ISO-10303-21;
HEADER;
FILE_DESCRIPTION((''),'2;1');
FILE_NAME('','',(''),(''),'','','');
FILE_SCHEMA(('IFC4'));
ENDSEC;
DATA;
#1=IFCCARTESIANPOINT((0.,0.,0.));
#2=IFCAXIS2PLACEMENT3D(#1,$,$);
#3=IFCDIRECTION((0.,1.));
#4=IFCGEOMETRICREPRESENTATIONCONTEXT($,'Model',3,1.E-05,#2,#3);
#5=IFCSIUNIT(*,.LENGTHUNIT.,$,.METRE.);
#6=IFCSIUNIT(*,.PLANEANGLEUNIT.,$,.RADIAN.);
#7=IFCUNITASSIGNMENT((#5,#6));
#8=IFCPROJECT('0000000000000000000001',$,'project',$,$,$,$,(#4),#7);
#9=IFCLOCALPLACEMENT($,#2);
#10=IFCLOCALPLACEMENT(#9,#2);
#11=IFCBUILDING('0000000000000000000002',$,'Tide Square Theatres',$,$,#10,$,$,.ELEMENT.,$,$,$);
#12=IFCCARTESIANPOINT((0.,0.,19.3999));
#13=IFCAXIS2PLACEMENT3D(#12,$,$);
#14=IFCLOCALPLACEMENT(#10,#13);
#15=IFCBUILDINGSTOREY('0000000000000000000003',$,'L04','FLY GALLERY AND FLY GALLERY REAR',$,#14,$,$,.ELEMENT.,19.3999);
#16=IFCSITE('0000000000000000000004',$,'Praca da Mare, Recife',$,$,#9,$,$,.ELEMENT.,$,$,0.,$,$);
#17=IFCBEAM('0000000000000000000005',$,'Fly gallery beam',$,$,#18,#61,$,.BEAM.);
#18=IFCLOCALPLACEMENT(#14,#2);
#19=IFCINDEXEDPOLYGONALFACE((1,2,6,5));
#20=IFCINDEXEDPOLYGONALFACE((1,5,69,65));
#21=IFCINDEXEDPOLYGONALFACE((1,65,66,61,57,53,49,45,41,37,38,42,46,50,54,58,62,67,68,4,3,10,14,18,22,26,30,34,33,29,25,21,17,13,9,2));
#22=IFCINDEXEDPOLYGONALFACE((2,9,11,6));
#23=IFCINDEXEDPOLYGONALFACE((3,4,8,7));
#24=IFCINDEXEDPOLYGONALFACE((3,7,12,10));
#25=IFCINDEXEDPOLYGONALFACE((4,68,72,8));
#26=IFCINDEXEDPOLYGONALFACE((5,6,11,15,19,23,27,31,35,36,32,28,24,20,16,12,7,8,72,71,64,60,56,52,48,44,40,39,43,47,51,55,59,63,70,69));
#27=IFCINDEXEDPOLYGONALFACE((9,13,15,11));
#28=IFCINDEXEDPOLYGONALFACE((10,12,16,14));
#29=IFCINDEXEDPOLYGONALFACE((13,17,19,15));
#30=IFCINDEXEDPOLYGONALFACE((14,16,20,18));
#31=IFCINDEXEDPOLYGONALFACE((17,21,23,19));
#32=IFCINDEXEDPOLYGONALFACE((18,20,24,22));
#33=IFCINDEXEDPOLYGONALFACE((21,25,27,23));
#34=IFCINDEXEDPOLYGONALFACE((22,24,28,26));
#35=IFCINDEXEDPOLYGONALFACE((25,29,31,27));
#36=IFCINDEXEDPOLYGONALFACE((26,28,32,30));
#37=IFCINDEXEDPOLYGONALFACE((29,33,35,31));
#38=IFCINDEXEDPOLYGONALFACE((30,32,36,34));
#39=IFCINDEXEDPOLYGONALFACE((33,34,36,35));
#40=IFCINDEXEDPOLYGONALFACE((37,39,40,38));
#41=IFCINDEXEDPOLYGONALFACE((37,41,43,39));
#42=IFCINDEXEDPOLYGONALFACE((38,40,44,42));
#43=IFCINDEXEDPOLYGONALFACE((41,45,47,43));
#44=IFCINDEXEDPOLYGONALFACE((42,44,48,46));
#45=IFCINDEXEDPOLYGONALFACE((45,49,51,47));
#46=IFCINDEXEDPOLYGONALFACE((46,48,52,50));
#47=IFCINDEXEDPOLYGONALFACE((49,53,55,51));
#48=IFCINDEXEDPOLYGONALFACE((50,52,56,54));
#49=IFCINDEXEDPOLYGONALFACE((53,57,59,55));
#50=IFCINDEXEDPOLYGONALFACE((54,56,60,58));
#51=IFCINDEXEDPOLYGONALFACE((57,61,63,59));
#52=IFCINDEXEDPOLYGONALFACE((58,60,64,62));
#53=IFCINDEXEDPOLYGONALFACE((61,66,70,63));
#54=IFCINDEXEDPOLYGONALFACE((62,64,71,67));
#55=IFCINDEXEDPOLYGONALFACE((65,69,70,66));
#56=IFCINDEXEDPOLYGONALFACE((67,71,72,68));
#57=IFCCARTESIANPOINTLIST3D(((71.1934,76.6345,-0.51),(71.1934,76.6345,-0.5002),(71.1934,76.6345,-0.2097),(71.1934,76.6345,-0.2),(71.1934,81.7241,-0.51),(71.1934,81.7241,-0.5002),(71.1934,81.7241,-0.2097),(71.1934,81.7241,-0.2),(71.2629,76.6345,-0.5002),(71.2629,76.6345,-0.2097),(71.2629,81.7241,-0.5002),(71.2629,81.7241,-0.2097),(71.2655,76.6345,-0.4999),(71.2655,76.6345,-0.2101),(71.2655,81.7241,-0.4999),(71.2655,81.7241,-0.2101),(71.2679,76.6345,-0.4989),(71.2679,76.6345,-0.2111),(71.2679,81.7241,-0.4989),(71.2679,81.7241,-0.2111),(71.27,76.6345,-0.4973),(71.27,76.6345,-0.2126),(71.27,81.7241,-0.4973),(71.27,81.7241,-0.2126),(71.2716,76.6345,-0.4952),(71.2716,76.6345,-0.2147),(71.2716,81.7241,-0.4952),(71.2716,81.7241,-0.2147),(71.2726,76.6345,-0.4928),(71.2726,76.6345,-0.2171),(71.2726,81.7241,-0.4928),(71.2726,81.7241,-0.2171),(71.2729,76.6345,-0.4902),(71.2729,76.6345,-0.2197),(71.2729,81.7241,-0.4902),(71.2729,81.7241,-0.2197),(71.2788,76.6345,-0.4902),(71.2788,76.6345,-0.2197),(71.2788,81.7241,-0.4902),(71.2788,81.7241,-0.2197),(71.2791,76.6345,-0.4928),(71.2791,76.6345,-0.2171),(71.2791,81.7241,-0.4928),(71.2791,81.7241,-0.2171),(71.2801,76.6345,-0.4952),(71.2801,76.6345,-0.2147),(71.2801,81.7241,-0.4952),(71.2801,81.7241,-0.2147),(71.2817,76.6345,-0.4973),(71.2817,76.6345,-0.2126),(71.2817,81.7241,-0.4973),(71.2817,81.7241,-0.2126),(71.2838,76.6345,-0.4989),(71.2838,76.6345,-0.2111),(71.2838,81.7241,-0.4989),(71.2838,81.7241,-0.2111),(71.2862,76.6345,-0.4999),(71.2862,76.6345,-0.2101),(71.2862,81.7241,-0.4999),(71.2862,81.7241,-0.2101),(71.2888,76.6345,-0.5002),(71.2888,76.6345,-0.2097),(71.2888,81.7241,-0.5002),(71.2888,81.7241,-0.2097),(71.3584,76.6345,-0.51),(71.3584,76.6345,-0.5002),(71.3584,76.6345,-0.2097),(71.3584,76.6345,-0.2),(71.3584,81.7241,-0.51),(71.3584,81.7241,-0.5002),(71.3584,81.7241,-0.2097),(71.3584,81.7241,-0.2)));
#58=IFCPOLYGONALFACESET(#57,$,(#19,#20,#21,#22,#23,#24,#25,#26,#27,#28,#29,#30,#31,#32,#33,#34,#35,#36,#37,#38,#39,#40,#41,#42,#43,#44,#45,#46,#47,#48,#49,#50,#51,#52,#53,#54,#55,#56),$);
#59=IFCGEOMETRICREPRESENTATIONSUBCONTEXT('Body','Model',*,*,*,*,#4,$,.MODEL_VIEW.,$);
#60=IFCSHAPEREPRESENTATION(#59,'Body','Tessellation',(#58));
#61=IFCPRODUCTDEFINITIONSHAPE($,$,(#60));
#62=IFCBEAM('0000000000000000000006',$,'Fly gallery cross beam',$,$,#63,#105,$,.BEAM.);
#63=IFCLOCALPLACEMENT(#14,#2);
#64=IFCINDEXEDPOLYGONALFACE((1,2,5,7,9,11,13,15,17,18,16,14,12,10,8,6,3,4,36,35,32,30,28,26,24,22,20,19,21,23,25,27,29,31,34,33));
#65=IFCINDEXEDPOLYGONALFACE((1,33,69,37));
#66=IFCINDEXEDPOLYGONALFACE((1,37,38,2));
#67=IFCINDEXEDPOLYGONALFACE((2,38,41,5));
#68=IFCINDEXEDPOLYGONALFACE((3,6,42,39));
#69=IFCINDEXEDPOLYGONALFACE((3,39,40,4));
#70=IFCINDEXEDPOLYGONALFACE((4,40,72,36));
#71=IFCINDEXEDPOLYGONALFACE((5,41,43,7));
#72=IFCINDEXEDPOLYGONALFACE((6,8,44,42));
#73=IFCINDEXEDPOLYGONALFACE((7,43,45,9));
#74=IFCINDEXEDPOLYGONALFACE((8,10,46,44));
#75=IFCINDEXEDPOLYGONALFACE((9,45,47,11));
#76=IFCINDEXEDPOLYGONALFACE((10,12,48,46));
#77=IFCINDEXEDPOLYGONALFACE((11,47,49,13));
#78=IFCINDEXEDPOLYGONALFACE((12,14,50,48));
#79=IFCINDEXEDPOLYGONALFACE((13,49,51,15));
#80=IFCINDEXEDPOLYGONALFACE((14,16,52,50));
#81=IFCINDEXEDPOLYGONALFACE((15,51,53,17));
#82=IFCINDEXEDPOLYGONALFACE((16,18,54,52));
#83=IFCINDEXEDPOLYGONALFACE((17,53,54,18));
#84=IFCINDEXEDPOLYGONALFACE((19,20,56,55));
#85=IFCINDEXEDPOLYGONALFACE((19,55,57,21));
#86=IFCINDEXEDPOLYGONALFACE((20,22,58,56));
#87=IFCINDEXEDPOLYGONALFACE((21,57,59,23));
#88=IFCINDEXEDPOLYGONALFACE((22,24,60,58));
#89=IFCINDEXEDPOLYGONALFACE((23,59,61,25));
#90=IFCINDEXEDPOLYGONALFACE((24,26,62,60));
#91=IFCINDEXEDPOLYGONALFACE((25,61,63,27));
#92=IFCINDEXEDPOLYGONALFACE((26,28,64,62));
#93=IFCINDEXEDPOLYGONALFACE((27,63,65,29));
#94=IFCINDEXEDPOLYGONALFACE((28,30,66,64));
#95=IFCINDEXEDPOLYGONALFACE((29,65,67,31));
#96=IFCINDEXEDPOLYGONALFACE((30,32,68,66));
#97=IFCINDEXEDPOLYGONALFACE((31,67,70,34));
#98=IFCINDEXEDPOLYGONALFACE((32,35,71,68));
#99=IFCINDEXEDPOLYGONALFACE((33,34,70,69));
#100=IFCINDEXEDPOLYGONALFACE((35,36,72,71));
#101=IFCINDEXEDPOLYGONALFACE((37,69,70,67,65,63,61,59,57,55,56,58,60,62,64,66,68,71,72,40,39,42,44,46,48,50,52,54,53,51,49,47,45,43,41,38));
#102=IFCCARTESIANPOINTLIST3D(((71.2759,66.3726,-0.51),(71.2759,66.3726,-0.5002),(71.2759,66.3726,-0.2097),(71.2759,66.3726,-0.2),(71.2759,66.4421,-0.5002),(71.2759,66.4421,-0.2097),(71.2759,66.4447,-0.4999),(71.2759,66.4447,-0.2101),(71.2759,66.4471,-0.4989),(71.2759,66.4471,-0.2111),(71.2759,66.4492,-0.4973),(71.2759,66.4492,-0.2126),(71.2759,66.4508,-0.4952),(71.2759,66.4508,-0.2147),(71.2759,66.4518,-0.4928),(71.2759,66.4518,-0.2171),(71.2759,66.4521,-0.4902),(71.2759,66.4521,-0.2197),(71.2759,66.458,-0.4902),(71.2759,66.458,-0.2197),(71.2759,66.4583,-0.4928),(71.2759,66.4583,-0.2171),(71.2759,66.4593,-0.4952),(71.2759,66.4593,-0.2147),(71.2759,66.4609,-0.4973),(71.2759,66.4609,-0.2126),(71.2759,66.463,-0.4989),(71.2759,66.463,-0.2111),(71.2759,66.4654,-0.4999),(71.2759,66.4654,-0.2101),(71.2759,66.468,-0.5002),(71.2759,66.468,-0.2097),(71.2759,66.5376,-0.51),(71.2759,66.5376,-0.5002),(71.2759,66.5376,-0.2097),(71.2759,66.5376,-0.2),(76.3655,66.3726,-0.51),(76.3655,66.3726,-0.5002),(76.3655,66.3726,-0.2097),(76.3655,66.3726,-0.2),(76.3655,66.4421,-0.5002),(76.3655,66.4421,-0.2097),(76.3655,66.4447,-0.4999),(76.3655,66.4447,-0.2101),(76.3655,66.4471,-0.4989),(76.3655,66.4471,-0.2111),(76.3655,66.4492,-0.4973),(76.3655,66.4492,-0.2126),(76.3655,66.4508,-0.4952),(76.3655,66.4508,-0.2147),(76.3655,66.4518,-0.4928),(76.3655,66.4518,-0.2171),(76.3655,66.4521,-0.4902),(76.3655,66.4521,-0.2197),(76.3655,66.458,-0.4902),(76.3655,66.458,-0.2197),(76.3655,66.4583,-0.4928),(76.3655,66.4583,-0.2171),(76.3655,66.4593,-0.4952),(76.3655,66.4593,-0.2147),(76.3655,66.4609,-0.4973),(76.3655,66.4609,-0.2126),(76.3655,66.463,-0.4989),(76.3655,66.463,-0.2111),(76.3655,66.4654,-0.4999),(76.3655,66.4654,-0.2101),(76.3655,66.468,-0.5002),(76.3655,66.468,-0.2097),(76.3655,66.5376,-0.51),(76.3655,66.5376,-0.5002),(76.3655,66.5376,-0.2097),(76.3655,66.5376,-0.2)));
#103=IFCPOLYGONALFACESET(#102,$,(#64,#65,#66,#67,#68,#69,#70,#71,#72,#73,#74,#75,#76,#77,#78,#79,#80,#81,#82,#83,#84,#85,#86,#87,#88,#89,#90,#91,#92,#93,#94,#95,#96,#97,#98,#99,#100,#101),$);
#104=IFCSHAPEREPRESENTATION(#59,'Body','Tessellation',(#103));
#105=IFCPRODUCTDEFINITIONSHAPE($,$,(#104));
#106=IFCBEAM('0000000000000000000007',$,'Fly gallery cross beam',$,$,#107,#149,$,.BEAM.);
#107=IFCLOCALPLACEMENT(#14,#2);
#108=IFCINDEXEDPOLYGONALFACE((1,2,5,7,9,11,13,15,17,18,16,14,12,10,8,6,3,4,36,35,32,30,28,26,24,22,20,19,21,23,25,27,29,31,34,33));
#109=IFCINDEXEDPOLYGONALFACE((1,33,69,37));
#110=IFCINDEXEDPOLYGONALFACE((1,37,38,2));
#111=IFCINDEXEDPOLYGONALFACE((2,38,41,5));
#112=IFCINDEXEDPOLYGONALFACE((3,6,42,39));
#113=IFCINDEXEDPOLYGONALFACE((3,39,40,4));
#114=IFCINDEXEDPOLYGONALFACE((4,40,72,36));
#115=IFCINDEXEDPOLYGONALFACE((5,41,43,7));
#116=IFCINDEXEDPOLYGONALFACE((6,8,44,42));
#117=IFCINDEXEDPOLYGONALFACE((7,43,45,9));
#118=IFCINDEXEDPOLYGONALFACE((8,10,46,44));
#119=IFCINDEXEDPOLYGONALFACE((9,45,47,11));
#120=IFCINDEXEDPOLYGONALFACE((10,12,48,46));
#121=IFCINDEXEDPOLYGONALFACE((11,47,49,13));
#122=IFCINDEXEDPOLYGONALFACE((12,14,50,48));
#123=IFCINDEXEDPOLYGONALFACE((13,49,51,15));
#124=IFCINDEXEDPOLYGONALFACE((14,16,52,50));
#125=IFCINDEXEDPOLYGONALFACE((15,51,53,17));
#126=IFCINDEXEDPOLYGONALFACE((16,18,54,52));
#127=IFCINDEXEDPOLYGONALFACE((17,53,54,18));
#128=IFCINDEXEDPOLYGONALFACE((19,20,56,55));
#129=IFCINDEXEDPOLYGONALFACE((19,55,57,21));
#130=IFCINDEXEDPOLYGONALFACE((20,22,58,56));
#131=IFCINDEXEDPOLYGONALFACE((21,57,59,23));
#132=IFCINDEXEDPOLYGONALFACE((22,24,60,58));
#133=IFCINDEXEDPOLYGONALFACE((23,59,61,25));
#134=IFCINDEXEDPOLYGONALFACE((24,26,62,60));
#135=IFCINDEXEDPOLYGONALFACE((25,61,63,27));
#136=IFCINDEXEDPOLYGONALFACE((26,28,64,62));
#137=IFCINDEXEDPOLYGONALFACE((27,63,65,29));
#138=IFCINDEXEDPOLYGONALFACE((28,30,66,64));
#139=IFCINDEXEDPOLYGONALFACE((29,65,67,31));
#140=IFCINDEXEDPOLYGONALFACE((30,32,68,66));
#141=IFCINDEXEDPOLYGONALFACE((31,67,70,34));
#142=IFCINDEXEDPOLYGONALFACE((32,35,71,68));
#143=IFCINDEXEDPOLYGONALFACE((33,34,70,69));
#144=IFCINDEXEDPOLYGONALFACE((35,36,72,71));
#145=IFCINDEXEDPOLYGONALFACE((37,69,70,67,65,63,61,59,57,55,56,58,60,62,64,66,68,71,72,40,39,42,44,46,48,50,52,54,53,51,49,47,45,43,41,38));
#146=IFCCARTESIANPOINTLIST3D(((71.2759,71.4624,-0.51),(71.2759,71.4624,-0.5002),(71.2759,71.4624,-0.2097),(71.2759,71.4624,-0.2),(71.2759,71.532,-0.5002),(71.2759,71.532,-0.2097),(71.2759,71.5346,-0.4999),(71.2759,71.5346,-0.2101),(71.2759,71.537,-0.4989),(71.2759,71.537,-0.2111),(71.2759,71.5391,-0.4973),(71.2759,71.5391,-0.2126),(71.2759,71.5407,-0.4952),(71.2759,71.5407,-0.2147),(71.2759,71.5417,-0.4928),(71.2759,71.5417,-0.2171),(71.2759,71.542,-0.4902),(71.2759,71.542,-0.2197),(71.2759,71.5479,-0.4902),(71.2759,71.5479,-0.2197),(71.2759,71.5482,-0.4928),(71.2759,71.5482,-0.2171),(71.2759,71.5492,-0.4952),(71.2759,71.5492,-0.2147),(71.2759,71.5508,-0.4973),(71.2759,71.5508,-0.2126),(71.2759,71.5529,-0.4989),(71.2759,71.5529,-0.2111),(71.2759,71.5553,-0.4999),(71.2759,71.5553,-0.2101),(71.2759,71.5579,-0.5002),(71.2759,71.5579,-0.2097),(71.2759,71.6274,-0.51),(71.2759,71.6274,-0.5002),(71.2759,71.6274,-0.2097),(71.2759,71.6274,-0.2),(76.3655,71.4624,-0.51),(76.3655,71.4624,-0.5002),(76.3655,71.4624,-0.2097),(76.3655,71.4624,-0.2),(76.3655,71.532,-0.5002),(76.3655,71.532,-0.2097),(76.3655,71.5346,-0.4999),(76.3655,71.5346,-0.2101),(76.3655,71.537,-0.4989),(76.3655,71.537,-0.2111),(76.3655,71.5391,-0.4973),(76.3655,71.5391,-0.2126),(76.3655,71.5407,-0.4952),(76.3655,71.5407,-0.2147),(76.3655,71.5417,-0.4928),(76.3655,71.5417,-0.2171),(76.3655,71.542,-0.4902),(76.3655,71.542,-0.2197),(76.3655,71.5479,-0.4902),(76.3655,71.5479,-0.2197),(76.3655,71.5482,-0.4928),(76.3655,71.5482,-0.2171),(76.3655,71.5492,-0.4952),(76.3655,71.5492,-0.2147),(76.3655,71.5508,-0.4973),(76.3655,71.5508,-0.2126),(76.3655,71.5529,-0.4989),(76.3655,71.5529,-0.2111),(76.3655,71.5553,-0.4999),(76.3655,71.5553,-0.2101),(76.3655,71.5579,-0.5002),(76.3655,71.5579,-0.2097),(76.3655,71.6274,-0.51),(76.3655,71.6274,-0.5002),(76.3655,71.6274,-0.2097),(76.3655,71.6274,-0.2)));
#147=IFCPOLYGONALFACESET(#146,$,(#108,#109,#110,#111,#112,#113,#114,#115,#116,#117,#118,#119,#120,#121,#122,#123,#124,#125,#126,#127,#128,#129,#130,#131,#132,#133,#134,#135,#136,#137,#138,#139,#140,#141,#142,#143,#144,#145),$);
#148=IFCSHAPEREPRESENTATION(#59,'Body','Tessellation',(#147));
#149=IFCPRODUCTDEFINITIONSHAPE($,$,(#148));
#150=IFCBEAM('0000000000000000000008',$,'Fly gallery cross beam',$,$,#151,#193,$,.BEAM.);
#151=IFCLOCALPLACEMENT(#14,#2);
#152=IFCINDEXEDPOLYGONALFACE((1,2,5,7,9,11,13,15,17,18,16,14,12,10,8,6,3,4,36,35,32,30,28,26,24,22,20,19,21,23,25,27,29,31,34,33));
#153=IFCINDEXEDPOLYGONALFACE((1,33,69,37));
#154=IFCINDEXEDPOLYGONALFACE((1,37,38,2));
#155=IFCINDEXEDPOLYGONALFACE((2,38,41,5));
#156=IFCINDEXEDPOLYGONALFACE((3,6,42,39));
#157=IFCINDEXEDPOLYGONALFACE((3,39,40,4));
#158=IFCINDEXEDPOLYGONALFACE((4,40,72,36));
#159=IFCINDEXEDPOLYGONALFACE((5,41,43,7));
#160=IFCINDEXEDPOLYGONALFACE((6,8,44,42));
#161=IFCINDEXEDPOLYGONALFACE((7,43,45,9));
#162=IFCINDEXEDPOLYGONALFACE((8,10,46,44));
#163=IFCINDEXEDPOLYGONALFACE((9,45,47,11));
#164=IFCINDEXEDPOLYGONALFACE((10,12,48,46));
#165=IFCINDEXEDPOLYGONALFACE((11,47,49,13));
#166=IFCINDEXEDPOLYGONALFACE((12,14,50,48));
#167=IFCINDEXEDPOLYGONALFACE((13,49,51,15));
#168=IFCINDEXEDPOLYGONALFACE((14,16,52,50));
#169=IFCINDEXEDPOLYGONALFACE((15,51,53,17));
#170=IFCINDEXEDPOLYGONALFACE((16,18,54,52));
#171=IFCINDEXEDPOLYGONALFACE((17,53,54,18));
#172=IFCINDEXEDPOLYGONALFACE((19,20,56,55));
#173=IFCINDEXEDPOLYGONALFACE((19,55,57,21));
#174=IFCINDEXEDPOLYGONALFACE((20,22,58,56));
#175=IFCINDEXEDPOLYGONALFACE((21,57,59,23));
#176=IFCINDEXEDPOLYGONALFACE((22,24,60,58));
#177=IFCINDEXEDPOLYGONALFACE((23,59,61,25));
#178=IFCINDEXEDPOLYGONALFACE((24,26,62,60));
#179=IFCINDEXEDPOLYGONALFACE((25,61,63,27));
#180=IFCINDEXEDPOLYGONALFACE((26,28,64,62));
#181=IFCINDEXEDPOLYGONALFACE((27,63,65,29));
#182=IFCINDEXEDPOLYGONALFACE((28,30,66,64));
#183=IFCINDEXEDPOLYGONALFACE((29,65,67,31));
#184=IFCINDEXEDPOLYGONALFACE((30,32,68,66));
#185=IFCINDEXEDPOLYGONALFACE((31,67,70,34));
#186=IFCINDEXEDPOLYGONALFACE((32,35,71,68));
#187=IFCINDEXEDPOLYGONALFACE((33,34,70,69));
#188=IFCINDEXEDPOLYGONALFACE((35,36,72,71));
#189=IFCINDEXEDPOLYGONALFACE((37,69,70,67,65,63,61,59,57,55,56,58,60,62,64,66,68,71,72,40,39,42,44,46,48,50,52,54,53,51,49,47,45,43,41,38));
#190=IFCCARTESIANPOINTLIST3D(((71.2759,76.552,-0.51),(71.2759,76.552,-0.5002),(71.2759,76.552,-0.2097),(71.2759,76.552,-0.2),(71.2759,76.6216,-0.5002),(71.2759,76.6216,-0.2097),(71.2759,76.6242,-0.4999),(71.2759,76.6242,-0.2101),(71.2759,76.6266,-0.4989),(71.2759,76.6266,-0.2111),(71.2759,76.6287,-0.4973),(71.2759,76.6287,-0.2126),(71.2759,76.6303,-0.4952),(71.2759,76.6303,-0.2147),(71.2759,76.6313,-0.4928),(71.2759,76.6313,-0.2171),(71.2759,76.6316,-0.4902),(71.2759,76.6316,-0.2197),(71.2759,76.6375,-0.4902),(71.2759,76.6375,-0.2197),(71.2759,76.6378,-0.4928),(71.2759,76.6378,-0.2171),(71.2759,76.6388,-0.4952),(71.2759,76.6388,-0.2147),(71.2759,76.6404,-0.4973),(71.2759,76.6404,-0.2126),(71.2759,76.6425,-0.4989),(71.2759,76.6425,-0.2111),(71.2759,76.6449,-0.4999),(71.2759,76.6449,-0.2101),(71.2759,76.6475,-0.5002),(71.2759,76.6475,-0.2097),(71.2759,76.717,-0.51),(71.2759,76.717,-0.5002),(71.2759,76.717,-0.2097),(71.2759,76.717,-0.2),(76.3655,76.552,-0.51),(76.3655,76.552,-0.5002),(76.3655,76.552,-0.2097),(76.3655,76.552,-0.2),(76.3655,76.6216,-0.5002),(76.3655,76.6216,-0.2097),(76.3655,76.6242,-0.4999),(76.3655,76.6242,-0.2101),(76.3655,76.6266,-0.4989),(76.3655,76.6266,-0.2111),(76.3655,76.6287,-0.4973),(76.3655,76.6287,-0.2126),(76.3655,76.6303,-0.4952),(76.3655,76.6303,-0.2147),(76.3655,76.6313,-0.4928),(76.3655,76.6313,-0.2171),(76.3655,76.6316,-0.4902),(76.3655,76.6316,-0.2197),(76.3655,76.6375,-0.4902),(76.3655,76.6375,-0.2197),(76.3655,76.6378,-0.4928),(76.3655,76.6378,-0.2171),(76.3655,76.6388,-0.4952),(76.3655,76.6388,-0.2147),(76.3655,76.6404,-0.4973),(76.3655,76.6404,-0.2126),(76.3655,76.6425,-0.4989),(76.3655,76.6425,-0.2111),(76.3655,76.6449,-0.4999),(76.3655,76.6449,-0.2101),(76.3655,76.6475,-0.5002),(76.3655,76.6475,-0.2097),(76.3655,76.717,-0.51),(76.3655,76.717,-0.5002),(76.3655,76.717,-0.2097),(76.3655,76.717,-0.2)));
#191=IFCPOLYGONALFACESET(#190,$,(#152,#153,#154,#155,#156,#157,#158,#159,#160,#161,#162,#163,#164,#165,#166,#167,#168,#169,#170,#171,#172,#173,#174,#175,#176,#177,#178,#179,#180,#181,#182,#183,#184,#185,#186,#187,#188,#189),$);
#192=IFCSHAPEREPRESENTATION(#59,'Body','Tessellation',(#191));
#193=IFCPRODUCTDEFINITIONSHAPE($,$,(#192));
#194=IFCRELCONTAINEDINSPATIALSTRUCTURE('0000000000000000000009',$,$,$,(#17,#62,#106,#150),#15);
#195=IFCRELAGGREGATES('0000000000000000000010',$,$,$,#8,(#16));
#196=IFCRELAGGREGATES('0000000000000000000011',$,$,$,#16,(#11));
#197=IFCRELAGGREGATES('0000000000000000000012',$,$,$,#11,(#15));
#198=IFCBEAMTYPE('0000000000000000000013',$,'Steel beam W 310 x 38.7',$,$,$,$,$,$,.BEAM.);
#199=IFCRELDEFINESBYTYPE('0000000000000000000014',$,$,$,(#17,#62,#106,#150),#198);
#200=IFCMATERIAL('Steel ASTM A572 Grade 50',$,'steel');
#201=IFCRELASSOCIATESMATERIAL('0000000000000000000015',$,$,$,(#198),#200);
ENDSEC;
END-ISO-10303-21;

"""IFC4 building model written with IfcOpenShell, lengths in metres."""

from ifc_helpers import new_model, si_unit, direction, frame, origin, origin_2d, place, context, subcontext, project, spatial, i_section, extrude, material, material_profile, profile_set, type_object, element, save


model = new_model("IFC4")

# Units and contexts
model_context = context("Model", 3, precision=1e-05, world=origin(), true_north=direction((0.0, 1.0)))
body_context = subcontext(model_context, "Body", "Model", "MODEL_VIEW")
ifc_project = project(units=[si_unit("LENGTHUNIT", "METRE"), si_unit("PLANEANGLEUNIT", "RADIAN")], contexts=[model_context])

# Site, building, storey
site_placement = place(None, origin())
site = spatial("IfcSite", under=ifc_project, at=site_placement, Name="Praca da Mare, Recife", CompositionType="ELEMENT", RefElevation=0.0)
building_placement = place(site_placement, origin())
building = spatial("IfcBuilding", under=site, at=building_placement, Name="Tide Square Theatres", CompositionType="ELEMENT")
storey_placement = place(building_placement, frame((0.0, 0.0, 19.3999)))
storey = spatial("IfcBuildingStorey", under=building, at=storey_placement, Name="L04", Description="FLY GALLERY AND FLY GALLERY REAR", CompositionType="ELEMENT", Elevation=19.3999)

# Beams
ifc_material_1 = material(Name="Steel ASTM A572 Grade 50", Category="steel")
ifc_material_profile_1 = material_profile(ifc_material_1, i_section(OverallWidth=0.165, OverallDepth=0.3101, WebThickness=0.0059, FlangeThickness=0.0098, FilletRadius=0.01, at=origin_2d()))
ifc_profile_set_1 = profile_set([ifc_material_profile_1], Name="Steel ASTM A572 Grade 50")
beam_type_1 = type_object("IfcBeamType", Name="Steel beam W 310 x 38.7", PredefinedType="BEAM", material=ifc_profile_set_1)
for number, where, z_axis, x_axis, name in (
    (1, (71.2759, 76.6345, -0.355), (0.0, 1.0, 0.0), (-1.0, 0.0, 0.0), "Fly gallery beam"),
    (2, (71.2759, 66.4551, -0.355), (1.0, 0.0, 0.0), (0.0, 1.0, 0.0), "Fly gallery cross beam"),
    (3, (71.2759, 71.5449, -0.355), (1.0, 0.0, 0.0), (0.0, 1.0, 0.0), "Fly gallery cross beam"),
    (4, (71.2759, 76.6345, -0.355), (1.0, 0.0, 0.0), (0.0, 1.0, 0.0), "Fly gallery cross beam"),
):
    element("IfcBeam", number, at=place(storey_placement, frame(where, z_axis=z_axis, x_axis=x_axis)), inside=storey, type_object=beam_type_1, Name=name, PredefinedType="BEAM", context=body_context, shape_type="SweptSolid", body=[
        extrude(i_section(OverallWidth=0.165, OverallDepth=0.3101, WebThickness=0.0059, FlangeThickness=0.0098, FilletRadius=0.01, at=origin_2d()), origin(), (0.0, 0.0, 1.0), 5.0896),
    ])

save(model, "model.ifc")
